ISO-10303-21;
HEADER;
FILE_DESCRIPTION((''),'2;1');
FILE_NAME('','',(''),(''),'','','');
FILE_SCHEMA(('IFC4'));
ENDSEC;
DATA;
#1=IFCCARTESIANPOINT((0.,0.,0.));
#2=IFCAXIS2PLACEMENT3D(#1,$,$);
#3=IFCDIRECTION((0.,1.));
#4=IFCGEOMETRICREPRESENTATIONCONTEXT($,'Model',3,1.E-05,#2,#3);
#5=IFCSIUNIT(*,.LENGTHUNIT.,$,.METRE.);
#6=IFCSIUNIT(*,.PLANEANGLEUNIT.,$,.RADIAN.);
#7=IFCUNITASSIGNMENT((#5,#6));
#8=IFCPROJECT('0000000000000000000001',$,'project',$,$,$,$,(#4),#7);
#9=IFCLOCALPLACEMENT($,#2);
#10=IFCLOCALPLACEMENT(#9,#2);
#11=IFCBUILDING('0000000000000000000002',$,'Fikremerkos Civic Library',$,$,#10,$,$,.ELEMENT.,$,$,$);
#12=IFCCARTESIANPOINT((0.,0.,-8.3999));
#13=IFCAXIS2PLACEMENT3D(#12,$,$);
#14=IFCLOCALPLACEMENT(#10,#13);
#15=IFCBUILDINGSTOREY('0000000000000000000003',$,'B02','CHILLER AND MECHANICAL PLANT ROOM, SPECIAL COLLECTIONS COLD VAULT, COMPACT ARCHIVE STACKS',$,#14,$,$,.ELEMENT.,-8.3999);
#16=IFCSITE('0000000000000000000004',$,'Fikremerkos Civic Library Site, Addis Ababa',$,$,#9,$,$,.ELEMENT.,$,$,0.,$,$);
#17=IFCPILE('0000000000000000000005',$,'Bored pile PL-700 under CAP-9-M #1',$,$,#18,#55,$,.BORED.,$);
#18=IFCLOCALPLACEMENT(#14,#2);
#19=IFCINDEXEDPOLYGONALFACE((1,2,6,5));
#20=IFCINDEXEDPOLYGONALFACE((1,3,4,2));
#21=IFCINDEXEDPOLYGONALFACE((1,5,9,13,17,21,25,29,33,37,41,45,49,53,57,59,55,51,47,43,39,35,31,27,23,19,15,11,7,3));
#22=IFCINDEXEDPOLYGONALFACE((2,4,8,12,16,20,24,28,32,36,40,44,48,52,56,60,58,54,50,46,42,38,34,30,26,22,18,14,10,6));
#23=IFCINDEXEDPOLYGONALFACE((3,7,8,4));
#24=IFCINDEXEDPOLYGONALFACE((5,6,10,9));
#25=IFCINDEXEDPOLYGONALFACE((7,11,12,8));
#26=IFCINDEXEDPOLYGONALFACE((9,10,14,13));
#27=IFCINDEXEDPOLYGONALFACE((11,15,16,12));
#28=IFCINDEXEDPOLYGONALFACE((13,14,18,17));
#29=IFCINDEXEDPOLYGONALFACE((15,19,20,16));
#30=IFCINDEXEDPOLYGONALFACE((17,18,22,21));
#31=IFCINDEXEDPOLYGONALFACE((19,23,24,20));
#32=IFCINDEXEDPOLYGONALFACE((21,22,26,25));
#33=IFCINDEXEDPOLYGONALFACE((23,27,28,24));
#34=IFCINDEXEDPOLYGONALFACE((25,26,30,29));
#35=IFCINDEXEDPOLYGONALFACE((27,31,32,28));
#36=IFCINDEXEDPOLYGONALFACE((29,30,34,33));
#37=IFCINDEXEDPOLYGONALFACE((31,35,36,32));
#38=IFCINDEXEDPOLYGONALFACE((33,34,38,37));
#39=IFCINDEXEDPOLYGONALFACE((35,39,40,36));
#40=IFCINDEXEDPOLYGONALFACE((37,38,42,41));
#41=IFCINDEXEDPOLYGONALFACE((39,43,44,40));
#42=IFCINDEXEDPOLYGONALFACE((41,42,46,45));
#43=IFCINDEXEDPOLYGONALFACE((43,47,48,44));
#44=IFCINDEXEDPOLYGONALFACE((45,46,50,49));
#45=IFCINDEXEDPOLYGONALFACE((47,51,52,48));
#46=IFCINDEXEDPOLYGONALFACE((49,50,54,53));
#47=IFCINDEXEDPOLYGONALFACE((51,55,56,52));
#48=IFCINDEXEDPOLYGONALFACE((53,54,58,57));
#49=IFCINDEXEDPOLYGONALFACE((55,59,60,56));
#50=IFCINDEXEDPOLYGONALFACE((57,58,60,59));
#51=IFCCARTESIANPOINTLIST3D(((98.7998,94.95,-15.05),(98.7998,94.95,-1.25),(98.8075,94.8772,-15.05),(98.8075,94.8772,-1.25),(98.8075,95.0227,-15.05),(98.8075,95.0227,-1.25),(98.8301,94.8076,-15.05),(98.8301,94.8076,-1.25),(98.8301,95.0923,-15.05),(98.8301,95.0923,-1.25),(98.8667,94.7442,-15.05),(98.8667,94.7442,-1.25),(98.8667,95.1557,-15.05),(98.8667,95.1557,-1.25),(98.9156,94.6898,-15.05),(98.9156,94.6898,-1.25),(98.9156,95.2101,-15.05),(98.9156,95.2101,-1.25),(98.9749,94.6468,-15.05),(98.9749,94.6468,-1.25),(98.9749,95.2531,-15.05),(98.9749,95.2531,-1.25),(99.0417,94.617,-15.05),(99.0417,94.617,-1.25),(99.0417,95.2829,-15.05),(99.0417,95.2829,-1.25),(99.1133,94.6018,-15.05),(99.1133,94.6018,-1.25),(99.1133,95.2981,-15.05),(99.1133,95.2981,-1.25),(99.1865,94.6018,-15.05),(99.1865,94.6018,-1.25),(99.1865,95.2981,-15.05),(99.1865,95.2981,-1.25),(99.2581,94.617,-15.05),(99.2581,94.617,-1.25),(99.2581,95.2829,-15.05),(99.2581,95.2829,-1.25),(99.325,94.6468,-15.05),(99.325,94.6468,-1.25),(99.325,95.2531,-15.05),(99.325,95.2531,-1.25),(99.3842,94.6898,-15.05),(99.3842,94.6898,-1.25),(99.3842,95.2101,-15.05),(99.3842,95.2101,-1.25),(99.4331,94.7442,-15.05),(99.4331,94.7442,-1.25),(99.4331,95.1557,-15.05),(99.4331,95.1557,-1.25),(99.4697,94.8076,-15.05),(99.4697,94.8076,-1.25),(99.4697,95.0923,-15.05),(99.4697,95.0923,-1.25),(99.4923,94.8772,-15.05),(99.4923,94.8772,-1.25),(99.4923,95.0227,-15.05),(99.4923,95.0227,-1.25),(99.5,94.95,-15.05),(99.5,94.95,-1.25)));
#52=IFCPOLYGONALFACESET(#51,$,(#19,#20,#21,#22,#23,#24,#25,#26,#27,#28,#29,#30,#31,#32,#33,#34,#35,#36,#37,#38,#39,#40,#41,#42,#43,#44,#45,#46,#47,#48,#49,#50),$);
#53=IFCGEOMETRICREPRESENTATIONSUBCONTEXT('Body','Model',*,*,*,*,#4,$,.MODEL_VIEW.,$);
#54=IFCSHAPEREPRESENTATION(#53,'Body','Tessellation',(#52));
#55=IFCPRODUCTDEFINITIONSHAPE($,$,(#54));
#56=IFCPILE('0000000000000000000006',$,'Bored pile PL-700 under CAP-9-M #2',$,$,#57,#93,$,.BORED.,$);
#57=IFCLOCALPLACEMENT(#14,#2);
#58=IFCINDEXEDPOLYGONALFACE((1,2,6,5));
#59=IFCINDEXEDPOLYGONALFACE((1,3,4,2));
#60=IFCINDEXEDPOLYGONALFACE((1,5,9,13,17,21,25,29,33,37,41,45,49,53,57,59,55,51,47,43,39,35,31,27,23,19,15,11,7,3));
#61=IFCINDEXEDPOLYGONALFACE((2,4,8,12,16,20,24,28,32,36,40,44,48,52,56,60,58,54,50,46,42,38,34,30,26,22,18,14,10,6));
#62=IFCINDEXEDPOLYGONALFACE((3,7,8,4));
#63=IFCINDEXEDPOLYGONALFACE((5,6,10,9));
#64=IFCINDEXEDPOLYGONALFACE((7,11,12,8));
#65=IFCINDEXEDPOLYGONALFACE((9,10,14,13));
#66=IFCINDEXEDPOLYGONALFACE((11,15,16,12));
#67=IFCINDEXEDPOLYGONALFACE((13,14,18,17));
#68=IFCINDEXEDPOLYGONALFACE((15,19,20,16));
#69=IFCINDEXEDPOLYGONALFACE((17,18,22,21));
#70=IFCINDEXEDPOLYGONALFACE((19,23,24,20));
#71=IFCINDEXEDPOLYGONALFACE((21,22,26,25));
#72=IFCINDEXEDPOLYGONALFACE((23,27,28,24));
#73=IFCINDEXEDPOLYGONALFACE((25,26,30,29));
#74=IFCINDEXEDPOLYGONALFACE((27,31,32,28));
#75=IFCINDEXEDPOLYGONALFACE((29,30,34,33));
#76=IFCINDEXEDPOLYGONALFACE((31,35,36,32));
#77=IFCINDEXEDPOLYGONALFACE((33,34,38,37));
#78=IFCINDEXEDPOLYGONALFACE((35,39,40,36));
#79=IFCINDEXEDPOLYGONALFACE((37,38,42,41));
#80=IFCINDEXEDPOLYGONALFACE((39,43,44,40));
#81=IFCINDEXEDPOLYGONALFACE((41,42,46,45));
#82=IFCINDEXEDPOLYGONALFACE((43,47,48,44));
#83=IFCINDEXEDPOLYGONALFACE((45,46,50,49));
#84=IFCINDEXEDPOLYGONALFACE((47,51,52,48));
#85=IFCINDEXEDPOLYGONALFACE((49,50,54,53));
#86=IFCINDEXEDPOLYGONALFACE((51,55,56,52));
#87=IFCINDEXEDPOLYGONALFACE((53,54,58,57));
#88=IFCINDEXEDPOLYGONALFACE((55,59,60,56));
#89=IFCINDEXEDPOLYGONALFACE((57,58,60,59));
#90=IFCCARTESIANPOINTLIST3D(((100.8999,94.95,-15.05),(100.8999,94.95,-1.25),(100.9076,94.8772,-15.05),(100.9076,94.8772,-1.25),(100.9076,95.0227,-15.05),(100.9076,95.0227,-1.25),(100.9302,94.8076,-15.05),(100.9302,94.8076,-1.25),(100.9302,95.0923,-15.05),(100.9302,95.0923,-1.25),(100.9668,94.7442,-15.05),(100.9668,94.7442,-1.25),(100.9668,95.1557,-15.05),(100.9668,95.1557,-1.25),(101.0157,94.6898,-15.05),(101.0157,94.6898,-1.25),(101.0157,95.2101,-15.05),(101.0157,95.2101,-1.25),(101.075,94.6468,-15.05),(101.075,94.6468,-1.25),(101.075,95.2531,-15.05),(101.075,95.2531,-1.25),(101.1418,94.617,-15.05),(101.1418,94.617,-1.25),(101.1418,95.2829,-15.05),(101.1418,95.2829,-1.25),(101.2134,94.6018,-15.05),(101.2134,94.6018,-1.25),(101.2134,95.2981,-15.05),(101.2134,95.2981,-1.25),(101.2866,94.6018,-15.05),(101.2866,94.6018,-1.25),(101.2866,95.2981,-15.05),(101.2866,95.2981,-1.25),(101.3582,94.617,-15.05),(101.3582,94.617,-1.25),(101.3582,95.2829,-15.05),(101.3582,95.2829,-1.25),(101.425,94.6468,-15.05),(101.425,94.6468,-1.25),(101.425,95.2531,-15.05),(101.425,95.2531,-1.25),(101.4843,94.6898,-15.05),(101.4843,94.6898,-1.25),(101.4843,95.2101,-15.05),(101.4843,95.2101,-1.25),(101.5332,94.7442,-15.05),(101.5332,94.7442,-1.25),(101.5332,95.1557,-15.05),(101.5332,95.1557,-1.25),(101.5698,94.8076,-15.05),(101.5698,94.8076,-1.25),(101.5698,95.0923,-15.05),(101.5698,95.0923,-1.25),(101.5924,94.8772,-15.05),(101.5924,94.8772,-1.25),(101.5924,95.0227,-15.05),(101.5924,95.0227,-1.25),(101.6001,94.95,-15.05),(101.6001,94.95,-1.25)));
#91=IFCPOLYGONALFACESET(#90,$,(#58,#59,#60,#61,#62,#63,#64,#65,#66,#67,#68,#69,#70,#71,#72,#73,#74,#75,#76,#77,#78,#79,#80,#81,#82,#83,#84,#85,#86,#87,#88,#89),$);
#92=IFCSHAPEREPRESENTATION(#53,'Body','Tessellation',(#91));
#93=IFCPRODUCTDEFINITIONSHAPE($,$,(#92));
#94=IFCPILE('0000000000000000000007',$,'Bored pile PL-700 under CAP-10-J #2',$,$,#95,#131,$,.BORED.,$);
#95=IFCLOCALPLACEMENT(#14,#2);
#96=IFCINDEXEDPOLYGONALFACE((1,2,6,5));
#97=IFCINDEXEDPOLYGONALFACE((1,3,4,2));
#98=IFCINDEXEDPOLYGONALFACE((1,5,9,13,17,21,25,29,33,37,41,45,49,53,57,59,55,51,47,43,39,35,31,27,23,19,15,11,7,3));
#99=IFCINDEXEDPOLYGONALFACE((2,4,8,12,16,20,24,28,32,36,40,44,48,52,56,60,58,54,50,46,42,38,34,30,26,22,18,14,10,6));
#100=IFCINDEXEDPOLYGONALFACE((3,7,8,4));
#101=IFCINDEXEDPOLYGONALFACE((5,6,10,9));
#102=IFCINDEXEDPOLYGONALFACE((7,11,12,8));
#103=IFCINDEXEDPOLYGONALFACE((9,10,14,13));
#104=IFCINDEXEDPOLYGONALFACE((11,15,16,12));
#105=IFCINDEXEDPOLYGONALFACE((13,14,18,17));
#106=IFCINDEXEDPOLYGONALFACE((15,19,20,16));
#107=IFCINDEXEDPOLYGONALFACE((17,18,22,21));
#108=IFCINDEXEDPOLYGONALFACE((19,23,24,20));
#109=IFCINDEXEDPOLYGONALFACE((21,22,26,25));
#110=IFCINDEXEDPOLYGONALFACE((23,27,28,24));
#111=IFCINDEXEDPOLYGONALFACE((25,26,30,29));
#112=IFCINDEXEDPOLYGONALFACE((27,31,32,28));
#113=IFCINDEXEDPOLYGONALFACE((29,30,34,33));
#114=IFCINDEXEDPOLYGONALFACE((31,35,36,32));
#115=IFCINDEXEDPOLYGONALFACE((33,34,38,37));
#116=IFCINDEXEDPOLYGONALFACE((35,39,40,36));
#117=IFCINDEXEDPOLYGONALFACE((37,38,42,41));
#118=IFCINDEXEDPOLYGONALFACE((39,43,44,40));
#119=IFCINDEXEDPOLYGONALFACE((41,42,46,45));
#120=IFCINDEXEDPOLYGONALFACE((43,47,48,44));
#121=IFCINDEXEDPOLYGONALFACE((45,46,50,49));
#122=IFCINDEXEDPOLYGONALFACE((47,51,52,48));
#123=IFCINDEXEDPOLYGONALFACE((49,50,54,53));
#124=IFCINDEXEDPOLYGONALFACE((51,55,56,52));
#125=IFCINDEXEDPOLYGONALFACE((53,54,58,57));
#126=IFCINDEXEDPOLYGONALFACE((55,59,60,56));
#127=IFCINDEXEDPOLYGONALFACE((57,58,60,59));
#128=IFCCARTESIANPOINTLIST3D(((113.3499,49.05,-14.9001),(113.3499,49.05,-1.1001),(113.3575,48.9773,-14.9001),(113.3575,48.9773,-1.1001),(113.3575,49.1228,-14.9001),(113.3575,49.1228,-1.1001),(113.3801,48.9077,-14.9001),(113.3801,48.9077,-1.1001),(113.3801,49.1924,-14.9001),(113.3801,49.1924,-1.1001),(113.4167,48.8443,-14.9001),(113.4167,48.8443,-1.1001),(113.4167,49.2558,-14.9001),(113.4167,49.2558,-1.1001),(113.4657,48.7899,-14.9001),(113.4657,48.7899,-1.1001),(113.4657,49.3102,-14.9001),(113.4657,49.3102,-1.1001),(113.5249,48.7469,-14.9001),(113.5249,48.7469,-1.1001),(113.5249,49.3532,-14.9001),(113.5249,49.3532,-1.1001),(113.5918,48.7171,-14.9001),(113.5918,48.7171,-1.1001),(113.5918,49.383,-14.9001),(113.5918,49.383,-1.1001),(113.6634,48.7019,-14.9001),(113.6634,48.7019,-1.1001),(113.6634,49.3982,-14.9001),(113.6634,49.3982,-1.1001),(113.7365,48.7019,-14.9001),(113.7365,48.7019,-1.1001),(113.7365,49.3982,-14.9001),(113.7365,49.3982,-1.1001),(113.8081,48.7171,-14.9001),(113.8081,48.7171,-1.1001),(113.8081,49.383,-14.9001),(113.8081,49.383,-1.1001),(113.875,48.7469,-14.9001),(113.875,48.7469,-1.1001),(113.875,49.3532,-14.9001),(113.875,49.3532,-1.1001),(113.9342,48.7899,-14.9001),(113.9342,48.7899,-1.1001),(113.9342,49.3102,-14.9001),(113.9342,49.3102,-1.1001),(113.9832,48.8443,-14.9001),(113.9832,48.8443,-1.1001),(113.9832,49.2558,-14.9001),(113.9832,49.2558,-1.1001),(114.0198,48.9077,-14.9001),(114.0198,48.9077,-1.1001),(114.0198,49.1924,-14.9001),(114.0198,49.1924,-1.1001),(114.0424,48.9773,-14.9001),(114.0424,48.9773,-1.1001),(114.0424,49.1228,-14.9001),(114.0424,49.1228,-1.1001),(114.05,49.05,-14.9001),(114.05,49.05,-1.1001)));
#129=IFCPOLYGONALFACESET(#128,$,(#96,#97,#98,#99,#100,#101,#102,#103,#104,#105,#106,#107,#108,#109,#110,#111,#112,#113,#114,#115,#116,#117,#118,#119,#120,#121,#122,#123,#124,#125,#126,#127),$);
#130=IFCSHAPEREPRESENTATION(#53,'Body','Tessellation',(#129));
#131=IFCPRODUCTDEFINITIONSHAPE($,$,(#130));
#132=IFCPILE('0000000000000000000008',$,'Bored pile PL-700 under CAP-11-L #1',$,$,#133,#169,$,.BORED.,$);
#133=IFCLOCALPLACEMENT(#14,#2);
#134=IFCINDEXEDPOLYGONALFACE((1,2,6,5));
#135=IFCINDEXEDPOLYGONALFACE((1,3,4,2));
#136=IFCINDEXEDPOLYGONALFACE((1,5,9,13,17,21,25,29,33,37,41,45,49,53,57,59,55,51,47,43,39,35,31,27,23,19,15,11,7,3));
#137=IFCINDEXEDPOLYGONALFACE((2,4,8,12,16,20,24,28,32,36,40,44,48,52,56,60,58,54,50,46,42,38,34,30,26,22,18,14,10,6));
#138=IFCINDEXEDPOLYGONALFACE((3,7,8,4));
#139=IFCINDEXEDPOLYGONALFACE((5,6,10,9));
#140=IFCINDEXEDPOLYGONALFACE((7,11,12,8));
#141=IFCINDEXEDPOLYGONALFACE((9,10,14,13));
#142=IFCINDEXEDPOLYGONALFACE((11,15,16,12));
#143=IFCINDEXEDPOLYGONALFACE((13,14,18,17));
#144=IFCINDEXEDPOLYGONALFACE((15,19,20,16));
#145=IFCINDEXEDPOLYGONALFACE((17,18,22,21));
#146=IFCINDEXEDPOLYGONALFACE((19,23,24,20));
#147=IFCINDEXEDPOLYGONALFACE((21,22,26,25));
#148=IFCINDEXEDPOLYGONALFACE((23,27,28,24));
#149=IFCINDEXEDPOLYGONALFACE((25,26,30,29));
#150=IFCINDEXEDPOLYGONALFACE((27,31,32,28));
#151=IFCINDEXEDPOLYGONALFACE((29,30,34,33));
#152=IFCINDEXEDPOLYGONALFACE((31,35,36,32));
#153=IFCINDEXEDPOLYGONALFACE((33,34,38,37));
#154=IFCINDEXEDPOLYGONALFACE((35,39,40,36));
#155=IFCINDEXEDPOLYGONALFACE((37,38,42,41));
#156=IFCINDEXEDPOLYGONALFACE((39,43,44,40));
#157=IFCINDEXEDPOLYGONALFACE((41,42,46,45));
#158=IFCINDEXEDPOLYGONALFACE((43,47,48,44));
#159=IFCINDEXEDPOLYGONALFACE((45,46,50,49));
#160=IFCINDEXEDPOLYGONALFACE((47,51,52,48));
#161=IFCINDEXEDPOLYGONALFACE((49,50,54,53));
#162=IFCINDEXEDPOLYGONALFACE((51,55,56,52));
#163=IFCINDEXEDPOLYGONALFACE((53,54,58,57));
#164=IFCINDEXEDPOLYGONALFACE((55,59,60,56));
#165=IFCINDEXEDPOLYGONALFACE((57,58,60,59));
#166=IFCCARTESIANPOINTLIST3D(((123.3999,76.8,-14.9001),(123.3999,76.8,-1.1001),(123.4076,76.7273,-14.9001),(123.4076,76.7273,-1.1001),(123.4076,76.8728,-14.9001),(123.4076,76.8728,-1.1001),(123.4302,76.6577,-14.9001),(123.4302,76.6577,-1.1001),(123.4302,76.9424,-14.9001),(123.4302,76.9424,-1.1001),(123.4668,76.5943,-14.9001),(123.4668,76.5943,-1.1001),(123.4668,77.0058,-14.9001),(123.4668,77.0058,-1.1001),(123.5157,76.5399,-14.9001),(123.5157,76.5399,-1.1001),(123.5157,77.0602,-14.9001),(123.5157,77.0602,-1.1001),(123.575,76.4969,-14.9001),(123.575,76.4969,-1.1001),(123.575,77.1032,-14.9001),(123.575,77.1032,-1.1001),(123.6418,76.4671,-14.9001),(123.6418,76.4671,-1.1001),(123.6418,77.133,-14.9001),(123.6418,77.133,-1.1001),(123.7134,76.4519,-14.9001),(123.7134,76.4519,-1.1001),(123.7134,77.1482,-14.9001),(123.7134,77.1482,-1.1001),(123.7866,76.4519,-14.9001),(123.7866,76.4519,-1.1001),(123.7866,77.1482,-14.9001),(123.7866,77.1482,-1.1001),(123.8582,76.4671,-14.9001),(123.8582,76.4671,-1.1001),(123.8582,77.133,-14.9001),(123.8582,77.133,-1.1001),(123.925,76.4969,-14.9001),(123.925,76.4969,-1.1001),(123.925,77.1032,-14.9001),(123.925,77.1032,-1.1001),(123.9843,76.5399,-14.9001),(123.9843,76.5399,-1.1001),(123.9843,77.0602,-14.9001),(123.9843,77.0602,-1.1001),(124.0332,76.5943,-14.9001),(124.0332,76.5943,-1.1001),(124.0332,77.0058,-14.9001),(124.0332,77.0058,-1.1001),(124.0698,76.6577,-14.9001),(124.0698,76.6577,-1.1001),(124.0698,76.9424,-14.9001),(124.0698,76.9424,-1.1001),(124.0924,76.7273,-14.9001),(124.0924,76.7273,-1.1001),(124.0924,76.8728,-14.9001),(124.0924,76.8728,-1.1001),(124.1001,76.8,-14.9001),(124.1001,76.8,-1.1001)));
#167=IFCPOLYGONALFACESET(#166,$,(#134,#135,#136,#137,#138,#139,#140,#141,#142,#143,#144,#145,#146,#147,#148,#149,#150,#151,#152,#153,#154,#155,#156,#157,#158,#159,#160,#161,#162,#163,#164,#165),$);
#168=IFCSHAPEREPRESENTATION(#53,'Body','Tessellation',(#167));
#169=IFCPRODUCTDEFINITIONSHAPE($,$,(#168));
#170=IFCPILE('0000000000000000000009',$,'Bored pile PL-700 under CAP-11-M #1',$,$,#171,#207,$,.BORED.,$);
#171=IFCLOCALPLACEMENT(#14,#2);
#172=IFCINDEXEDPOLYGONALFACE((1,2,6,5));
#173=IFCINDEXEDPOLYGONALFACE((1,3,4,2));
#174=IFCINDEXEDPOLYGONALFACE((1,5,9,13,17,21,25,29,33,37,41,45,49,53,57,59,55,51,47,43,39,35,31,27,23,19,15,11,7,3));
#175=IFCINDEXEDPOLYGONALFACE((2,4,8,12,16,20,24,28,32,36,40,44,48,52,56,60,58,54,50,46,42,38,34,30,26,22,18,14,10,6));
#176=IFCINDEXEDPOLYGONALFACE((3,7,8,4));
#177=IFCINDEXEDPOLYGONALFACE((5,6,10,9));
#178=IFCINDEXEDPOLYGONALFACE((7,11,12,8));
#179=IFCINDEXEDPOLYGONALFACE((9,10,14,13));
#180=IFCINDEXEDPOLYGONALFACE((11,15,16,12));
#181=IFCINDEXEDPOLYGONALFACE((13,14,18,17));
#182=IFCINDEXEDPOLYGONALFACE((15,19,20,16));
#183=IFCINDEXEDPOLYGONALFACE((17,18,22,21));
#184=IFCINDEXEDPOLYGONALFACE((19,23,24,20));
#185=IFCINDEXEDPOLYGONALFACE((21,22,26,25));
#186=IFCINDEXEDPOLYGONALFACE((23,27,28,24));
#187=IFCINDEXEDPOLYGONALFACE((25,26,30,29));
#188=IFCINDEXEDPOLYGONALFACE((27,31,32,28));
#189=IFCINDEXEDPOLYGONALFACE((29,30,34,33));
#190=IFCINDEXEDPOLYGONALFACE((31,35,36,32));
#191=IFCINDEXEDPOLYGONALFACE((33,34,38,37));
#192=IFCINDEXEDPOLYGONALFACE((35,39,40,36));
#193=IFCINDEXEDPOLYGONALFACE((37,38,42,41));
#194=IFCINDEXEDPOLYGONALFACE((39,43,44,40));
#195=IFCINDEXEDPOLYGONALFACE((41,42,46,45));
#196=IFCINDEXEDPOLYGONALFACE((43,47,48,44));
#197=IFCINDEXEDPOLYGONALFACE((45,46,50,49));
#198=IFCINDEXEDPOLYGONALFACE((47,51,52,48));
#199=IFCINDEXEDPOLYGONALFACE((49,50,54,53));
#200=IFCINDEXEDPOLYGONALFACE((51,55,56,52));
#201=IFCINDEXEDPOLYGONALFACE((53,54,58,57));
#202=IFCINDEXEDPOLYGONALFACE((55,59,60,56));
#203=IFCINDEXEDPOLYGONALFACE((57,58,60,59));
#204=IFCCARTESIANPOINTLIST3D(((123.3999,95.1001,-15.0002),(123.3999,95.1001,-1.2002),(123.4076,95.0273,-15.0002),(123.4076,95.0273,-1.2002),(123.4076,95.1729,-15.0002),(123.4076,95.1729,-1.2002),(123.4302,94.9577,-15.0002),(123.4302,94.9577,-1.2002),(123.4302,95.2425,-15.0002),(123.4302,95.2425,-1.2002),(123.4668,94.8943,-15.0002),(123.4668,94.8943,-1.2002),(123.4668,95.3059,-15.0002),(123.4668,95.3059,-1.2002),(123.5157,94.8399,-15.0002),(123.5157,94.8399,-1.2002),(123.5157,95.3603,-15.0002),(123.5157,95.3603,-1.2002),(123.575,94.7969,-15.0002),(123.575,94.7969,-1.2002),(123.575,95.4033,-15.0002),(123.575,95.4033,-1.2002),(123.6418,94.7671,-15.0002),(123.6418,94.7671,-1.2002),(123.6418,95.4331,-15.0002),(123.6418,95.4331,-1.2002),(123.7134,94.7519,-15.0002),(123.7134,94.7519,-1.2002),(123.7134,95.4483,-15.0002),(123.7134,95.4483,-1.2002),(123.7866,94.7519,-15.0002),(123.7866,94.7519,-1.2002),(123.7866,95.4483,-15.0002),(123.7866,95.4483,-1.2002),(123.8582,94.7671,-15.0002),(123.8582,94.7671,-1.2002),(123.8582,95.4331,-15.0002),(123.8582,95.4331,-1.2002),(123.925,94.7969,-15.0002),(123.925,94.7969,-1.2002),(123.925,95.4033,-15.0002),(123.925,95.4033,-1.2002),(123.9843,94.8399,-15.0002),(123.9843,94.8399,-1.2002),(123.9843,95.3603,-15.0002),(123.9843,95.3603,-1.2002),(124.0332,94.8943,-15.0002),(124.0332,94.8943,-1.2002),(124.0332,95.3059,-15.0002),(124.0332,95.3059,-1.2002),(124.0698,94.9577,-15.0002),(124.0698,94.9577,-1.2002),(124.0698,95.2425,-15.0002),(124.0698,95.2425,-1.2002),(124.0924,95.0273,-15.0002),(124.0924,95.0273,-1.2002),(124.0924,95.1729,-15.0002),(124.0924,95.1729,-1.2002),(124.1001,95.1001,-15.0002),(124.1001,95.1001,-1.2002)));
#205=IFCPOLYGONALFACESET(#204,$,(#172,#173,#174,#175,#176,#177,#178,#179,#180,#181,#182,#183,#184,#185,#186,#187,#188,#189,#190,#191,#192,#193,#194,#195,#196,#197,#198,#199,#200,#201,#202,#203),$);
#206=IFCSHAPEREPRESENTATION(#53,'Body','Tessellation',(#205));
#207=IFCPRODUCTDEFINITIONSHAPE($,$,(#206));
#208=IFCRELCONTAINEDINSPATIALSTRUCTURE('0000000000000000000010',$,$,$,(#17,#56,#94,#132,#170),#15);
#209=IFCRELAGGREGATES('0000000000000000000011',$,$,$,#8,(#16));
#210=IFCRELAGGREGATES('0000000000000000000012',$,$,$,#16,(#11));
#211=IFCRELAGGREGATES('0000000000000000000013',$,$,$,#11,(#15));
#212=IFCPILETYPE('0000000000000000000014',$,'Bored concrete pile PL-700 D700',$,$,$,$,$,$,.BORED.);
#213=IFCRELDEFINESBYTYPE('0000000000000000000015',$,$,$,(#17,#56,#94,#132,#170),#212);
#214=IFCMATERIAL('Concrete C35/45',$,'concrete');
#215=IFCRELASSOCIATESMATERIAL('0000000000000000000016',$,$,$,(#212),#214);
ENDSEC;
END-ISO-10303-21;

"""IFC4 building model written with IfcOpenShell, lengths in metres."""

from ifc_helpers import new_model, si_unit, direction, frame, origin, origin_2d, place, context, subcontext, project, spatial, circle, extrude, material, material_profile, profile_set, type_object, element, save


model = new_model("IFC4")

# Units and contexts
model_context = context("Model", 3, precision=1e-05, world=origin(), true_north=direction((0.0, 1.0)))
body_context = subcontext(model_context, "Body", "Model", "MODEL_VIEW")
ifc_project = project(units=[si_unit("LENGTHUNIT", "METRE"), si_unit("PLANEANGLEUNIT", "RADIAN")], contexts=[model_context])

# Site, building, storey
site_placement = place(None, origin())
site = spatial("IfcSite", under=ifc_project, at=site_placement, Name="Fikremerkos Civic Library Site, Addis Ababa", CompositionType="ELEMENT", RefElevation=0.0)
building_placement = place(site_placement, origin())
building = spatial("IfcBuilding", under=site, at=building_placement, Name="Fikremerkos Civic Library", CompositionType="ELEMENT")
storey_placement = place(building_placement, frame((0.0, 0.0, -8.3999)))
storey = spatial("IfcBuildingStorey", under=building, at=storey_placement, Name="B02", Description="CHILLER AND MECHANICAL PLANT ROOM, SPECIAL COLLECTIONS COLD VAULT, COMPACT ARCHIVE STACKS", CompositionType="ELEMENT", Elevation=-8.3999)

# Piles
ifc_material_1 = material(Name="Concrete C35/45", Category="concrete")
ifc_material_profile_1 = material_profile(ifc_material_1, circle(Radius=0.3501, at=origin_2d()), Name="BORED PILE 700")
ifc_profile_set_1 = profile_set([ifc_material_profile_1], Name="Concrete C35/45")
pile_type_1 = type_object("IfcPileType", Name="Bored concrete pile PL-700 D700", PredefinedType="BORED", material=ifc_profile_set_1)
for number, where, z_axis, x_axis, name in (
    (1, (99.1499, 94.95, -1.25), (0.0, 0.0, -1.0), (1.0, 0.0, 0.0), "Bored pile PL-700 under CAP-9-M #1"),
    (2, (101.25, 94.95, -1.25), (0.0, 0.0, -1.0), (1.0, 0.0, 0.0), "Bored pile PL-700 under CAP-9-M #2"),
    (3, (113.7, 49.05, -1.1001), (0.0, 0.0, -1.0), (1.0, 0.0, 0.0), "Bored pile PL-700 under CAP-10-J #2"),
    (4, (123.75, 76.8, -1.1001), (0.0, 0.0, -1.0), (1.0, 0.0, 0.0), "Bored pile PL-700 under CAP-11-L #1"),
    (5, (123.75, 95.1001, -1.2002), (0.0, 0.0, -1.0), (1.0, 0.0, 0.0), "Bored pile PL-700 under CAP-11-M #1"),
):
    element("IfcPile", number, at=place(storey_placement, frame(where, z_axis=z_axis, x_axis=x_axis)), inside=storey, type_object=pile_type_1, Name=name, PredefinedType="BORED", context=body_context, shape_type="SweptSolid", body=[
        extrude(circle(Radius=0.3501, at=origin_2d()), origin(), (0.0, 0.0, 1.0), 13.8),
    ])

save(model, "model.ifc")
